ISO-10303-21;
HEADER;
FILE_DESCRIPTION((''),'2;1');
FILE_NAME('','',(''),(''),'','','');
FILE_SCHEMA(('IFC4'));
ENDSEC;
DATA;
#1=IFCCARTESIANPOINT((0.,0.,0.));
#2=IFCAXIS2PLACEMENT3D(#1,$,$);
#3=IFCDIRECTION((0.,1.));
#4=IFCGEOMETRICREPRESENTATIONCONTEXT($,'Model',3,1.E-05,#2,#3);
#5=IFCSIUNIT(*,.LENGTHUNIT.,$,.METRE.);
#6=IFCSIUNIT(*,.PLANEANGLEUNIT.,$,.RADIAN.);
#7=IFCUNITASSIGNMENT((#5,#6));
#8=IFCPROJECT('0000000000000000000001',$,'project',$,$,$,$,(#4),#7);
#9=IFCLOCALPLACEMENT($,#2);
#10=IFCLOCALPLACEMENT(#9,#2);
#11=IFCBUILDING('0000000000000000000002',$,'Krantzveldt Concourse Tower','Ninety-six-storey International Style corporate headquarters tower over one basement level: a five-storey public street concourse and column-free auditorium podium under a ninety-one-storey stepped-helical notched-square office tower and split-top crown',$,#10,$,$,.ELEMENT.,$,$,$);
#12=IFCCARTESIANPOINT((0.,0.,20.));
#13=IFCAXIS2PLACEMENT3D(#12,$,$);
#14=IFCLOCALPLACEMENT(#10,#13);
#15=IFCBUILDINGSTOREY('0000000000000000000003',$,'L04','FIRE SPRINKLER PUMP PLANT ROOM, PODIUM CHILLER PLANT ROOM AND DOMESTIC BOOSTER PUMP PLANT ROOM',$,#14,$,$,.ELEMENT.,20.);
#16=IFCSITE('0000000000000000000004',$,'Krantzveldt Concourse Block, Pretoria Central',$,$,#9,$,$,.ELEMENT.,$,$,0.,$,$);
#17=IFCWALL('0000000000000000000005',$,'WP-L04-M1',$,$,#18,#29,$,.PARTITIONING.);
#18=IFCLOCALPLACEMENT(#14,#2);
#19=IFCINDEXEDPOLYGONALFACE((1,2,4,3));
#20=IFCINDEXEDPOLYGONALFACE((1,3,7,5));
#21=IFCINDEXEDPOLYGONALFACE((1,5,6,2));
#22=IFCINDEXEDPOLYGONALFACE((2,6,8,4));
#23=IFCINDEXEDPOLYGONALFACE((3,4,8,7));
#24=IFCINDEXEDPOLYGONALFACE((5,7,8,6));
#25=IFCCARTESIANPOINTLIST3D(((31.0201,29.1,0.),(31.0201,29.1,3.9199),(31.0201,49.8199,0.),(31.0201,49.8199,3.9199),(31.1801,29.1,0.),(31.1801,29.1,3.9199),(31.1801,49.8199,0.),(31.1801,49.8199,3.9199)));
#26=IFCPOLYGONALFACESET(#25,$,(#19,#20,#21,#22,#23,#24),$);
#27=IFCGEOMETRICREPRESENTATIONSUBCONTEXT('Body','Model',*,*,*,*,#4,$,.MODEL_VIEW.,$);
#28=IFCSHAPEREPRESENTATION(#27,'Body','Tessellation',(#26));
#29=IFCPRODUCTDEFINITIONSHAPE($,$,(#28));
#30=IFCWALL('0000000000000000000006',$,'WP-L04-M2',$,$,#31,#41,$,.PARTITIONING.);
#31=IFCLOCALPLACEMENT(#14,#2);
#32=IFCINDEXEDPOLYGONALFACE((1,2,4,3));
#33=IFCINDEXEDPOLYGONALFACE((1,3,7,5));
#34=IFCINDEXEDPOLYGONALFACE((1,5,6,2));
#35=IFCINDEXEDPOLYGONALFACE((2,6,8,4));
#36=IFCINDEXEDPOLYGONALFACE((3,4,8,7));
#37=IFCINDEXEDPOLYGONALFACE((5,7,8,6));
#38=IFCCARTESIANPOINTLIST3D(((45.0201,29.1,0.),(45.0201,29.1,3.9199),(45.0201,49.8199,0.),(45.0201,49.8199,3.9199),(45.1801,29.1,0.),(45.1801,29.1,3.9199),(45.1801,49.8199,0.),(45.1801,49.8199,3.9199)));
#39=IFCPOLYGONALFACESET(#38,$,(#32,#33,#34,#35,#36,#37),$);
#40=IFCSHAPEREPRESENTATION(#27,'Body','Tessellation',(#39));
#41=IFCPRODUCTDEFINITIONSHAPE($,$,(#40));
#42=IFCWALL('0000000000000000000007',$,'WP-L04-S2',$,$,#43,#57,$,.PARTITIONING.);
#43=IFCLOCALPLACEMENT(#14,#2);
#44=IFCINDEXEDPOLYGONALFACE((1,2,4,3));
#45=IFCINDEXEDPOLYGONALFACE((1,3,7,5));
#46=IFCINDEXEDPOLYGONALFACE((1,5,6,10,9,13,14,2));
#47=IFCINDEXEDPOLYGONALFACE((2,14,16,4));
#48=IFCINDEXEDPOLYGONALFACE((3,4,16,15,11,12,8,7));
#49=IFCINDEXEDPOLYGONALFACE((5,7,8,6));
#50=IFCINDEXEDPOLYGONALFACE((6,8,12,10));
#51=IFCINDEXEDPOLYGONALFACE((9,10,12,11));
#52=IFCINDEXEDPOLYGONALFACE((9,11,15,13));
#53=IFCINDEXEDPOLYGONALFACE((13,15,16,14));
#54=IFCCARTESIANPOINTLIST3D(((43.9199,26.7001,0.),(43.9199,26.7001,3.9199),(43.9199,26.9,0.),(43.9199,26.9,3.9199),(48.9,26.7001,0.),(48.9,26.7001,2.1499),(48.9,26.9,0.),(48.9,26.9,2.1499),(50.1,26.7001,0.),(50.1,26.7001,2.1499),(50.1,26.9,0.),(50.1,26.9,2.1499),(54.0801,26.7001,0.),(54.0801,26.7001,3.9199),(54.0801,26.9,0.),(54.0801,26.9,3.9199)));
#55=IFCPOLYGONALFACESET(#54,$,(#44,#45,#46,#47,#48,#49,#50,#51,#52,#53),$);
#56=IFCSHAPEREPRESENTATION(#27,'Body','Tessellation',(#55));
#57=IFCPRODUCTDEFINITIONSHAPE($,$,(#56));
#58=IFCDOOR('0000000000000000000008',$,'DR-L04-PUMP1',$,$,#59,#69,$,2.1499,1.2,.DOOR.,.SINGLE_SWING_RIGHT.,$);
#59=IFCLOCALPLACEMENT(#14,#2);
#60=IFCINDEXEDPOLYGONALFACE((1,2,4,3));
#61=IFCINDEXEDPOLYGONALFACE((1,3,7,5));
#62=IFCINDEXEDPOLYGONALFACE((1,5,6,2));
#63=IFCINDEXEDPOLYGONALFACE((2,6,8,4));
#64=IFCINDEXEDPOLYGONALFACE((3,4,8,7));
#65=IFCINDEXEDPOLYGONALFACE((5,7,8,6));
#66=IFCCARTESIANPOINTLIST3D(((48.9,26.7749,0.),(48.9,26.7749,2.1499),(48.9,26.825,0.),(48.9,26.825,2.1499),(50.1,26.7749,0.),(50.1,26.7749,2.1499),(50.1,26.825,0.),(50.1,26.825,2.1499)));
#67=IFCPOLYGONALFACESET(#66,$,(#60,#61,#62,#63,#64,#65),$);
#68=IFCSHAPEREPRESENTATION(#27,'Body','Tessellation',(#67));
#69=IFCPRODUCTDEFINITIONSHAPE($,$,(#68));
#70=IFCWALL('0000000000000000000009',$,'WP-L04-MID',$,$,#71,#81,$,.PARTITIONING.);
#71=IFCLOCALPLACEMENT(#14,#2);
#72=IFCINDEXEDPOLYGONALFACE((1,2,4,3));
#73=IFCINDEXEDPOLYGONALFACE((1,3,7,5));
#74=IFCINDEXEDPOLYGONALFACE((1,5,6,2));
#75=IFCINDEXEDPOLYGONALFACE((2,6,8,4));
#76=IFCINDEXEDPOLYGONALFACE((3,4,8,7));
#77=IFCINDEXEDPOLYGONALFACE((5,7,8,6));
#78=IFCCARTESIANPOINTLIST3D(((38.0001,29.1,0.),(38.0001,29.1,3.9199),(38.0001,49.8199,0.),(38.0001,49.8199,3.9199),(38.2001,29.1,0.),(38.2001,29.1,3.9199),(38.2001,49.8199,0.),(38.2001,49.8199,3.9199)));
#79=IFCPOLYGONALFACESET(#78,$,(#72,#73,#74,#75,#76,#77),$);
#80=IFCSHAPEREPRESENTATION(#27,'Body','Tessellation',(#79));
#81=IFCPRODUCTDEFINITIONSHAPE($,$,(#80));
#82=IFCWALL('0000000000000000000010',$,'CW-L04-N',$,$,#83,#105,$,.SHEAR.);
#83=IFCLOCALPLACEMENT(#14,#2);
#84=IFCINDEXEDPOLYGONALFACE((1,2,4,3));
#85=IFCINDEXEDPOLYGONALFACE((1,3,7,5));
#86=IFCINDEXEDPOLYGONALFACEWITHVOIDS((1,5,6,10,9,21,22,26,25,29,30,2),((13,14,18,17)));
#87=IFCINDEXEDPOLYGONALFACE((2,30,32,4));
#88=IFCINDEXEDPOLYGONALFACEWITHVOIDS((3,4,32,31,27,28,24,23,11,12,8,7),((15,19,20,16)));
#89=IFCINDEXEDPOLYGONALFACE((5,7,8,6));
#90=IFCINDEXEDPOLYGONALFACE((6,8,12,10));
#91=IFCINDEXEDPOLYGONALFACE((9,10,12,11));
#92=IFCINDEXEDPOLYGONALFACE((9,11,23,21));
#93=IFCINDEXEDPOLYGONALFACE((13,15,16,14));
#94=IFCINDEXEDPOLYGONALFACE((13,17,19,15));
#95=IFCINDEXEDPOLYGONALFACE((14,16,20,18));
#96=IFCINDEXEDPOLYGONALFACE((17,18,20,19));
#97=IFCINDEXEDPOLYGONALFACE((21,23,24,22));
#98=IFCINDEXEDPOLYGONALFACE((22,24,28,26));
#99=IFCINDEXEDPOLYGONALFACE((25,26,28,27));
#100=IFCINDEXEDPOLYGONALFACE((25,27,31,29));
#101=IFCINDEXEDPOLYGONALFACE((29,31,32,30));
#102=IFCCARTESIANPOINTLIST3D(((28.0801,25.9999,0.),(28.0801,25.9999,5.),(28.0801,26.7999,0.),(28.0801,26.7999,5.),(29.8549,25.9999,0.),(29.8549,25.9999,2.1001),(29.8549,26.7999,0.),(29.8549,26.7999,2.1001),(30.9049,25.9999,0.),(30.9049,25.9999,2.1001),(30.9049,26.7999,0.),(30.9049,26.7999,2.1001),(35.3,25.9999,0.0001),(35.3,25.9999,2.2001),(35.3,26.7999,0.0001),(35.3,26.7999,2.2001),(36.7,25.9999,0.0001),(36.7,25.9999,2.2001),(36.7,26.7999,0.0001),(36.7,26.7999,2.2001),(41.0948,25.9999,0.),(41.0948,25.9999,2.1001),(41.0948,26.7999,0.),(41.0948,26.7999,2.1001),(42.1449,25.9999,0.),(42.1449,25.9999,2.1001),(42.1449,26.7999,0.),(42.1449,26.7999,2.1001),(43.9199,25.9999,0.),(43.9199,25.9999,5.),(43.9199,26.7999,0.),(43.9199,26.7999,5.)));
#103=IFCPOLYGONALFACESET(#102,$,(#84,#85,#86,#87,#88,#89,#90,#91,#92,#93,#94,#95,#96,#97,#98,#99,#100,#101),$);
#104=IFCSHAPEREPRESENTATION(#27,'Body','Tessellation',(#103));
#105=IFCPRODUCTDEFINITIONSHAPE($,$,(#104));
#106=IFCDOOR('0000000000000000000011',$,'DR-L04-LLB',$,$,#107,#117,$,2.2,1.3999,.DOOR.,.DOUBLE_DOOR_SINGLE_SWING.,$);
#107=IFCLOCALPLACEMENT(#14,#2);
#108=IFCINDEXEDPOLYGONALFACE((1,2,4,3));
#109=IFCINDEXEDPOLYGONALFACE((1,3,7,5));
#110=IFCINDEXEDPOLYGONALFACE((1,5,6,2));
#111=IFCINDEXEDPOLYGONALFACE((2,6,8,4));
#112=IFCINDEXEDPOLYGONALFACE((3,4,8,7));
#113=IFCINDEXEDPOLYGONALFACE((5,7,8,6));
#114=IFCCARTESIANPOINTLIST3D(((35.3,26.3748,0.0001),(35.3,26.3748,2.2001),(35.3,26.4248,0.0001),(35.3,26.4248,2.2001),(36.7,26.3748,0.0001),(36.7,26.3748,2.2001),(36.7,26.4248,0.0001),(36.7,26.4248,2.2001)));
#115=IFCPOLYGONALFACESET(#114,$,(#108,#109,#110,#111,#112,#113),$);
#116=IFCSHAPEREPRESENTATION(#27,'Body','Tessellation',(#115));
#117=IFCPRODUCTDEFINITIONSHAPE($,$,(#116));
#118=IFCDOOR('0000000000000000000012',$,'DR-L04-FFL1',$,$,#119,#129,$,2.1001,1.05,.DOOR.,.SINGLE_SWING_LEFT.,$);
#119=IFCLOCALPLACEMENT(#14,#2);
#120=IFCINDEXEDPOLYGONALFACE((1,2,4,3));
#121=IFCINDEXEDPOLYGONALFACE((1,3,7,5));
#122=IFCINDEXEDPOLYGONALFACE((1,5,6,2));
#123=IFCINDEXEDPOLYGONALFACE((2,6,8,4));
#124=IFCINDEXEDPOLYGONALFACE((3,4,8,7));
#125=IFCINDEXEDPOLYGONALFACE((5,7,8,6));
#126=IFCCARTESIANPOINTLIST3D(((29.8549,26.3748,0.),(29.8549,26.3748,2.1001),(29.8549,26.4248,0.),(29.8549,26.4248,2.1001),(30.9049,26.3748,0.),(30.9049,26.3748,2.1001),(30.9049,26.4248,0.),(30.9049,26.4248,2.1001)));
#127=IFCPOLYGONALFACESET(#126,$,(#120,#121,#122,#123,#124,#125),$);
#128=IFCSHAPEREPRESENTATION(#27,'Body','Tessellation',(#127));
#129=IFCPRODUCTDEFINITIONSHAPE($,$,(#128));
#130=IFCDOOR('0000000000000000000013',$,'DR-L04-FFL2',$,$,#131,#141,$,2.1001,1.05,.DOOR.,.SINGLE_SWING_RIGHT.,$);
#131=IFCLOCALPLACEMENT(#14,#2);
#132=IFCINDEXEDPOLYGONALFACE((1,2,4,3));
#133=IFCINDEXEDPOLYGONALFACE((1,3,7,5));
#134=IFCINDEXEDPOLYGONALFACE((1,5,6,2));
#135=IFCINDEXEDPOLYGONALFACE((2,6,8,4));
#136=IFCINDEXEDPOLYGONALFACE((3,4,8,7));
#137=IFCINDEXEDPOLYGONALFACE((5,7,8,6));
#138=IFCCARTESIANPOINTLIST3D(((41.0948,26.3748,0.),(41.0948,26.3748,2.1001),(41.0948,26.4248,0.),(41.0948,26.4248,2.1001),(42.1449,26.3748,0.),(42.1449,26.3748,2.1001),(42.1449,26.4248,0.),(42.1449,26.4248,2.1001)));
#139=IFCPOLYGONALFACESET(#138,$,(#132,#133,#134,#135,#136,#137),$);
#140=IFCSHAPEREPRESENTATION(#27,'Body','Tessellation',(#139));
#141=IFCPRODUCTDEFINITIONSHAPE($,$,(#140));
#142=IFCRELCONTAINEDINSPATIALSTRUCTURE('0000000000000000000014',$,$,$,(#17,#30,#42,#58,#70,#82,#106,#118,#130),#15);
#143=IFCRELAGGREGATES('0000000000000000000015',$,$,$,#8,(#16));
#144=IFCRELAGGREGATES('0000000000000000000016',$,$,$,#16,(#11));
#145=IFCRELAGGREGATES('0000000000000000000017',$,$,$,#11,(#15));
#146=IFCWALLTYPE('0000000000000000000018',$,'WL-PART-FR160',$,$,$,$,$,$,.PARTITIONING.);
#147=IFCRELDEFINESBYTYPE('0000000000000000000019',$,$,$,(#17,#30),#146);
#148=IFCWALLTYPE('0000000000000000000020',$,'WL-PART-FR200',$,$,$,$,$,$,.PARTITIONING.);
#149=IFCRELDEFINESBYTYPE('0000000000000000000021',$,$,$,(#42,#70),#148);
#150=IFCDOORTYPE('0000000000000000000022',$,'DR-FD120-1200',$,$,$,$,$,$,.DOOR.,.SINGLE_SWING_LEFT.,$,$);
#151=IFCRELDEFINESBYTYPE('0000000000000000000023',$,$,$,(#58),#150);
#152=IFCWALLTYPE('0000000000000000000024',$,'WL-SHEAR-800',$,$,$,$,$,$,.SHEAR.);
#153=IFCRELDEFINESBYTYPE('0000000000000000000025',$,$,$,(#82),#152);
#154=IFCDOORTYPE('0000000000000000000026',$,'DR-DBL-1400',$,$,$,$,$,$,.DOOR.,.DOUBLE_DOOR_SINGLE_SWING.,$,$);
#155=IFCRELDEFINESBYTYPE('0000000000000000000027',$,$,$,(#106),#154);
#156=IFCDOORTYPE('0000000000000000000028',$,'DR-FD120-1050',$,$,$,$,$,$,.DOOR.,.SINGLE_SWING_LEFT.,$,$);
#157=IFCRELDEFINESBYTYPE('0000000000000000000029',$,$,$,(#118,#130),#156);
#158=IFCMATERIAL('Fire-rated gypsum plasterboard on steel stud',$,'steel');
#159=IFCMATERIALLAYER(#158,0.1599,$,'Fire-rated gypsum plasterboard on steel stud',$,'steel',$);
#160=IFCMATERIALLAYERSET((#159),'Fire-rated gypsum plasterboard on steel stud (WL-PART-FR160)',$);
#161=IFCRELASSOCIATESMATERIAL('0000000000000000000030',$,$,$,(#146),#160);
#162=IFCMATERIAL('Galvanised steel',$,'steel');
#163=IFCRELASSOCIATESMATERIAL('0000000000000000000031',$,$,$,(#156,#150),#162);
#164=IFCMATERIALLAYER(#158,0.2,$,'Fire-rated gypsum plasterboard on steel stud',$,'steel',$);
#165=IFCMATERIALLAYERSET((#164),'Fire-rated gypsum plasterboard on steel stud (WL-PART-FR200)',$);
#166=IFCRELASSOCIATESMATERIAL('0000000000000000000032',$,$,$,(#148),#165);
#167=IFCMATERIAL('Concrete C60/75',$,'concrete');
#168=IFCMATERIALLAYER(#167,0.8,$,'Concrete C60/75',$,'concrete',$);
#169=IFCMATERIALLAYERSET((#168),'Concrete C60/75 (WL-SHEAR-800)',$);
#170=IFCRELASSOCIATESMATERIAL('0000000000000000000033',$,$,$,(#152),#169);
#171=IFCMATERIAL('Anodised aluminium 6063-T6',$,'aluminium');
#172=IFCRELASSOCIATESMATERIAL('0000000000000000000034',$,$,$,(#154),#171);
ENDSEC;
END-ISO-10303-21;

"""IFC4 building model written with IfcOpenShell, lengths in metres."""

from ifc_helpers import new_model, si_unit, direction, frame, frame_2d, origin, place, context, subcontext, project, spatial, rectangle, extrude, material, layer, layer_set, type_object, element, fill, save


model = new_model("IFC4")

# Units and contexts
model_context = context("Model", 3, precision=1e-05, world=origin(), true_north=direction((0.0, 1.0)))
body_context = subcontext(model_context, "Body", "Model", "MODEL_VIEW")
ifc_project = project(units=[si_unit("LENGTHUNIT", "METRE"), si_unit("PLANEANGLEUNIT", "RADIAN")], contexts=[model_context])

# Site, building, storey
site_placement = place(None, origin())
site = spatial("IfcSite", under=ifc_project, at=site_placement, Name="Krantzveldt Concourse Block, Pretoria Central", CompositionType="ELEMENT", RefElevation=0.0)
building_placement = place(site_placement, origin())
building = spatial("IfcBuilding", under=site, at=building_placement, Name="Krantzveldt Concourse Tower", Description="Ninety-six-storey International Style corporate headquarters tower over one basement level: a five-storey public street concourse and column-free auditorium podium under a ninety-one-storey stepped-helical notched-square office tower and split-top crown", CompositionType="ELEMENT")
storey_placement = place(building_placement, frame((0.0, 0.0, 20.0)))
storey = spatial("IfcBuildingStorey", under=building, at=storey_placement, Name="L04", Description="FIRE SPRINKLER PUMP PLANT ROOM, PODIUM CHILLER PLANT ROOM AND DOMESTIC BOOSTER PUMP PLANT ROOM", CompositionType="ELEMENT", Elevation=20.0)

# Shared definitions
ifc_material_1 = material(Name="Concrete C60/75", Category="concrete")

# Shared definitions
ifc_material_2 = material(Name="Fire-rated gypsum plasterboard on steel stud", Category="steel")

# Shared definitions
ifc_layer_1 = layer(ifc_material_2, 0.1599, Name="Fire-rated gypsum plasterboard on steel stud", Category="steel")
ifc_layer_set_1 = layer_set([ifc_layer_1], Name="Fire-rated gypsum plasterboard on steel stud (WL-PART-FR160)")
wall_type_1 = type_object("IfcWallType", Name="WL-PART-FR160", PredefinedType="PARTITIONING", material=ifc_layer_set_1)
ifc_material_3 = material(Name="Galvanised steel", Category="steel")
door_type_1 = type_object("IfcDoorType", Name="DR-FD120-1050", OperationType="SINGLE_SWING_LEFT", PredefinedType="DOOR", material=ifc_material_3)

# Walls
for number, where, z_axis, x_axis, name in (
    (1, (31.1001, 29.1001, 0.0), (0.0, 0.0, 1.0), (0.0, 1.0, 0.0), "WP-L04-M1"),
    (2, (45.1001, 29.1001, 0.0), (0.0, 0.0, 1.0), (0.0, 1.0, 0.0), "WP-L04-M2"),
):
    element("IfcWall", number, at=place(storey_placement, frame(where, z_axis=z_axis, x_axis=x_axis)), inside=storey, type_object=wall_type_1, Name=name, PredefinedType="PARTITIONING", context=body_context, shape_type="SweptSolid", body=[
        extrude(rectangle(XDim=20.72, YDim=0.1599, at=frame_2d((10.3599, 0.0))), origin(), (0.0, 0.0, 1.0), 3.9199),
    ])

# Wall, opening, door
ifc_layer_2 = layer(ifc_material_2, 0.2, Name="Fire-rated gypsum plasterboard on steel stud", Category="steel")
ifc_layer_set_2 = layer_set([ifc_layer_2], Name="Fire-rated gypsum plasterboard on steel stud (WL-PART-FR200)")
wall_type_2 = type_object("IfcWallType", Name="WL-PART-FR200", PredefinedType="PARTITIONING", material=ifc_layer_set_2)
wall_1_placement = place(storey_placement, frame((43.9199, 26.8, 0.0), z_axis=(0.0, 0.0, 1.0), x_axis=(1.0, 0.0, 0.0)))
wall_1 = element("IfcWall", 3, at=wall_1_placement, inside=storey, type_object=wall_type_2, Name="WP-L04-S2", PredefinedType="PARTITIONING", context=body_context, shape_type="SweptSolid", body=[
    extrude(rectangle(XDim=10.1602, YDim=0.2, at=frame_2d((5.0801, 0.0))), origin(), (0.0, 0.0, 1.0), 3.9199),
])
opening_1_placement = place(wall_1_placement, frame((4.98, 0.0, 0.0)))
opening_1 = element("IfcOpeningElement", 4, at=opening_1_placement, cuts=wall_1, PredefinedType="OPENING", context=body_context, shape_type="SweptSolid", body=[
    extrude(rectangle(XDim=1.2, YDim=2.1499, at=frame_2d((0.6001, 1.075))), frame((0.0, 0.1099, 0.0), z_axis=(0.0, -1.0, 0.0), x_axis=(1.0, 0.0, 0.0)), (0.0, 0.0, 1.0), 0.22),
])
door_type_2 = type_object("IfcDoorType", Name="DR-FD120-1200", OperationType="SINGLE_SWING_LEFT", PredefinedType="DOOR", material=ifc_material_3)
door_1_placement = place(opening_1_placement, origin())
door_1 = element("IfcDoor", 5, at=door_1_placement, inside=storey, type_object=door_type_2, Name="DR-L04-PUMP1", OperationType="SINGLE_SWING_RIGHT", OverallHeight=2.1499, OverallWidth=1.2, PredefinedType="DOOR", context=body_context, shape_type="SweptSolid", body=[
    extrude(rectangle(XDim=1.2, YDim=2.1499, at=frame_2d((0.6001, 1.075))), frame((0.0, 0.0249, 0.0), z_axis=(0.0, -1.0, 0.0), x_axis=(1.0, 0.0, 0.0)), (0.0, 0.0, 1.0), 0.05),
])
fill(opening_1, door_1)

# Wall
wall_2_placement = place(storey_placement, frame((38.1001, 29.1001, 0.0), z_axis=(0.0, 0.0, 1.0), x_axis=(0.0, 1.0, 0.0)))
element("IfcWall", 6, at=wall_2_placement, inside=storey, type_object=wall_type_2, Name="WP-L04-MID", PredefinedType="PARTITIONING", context=body_context, shape_type="SweptSolid", body=[
    extrude(rectangle(XDim=20.72, YDim=0.2, at=frame_2d((10.3599, 0.0))), origin(), (0.0, 0.0, 1.0), 3.9199),
])

# Wall, openings, doors
ifc_layer_3 = layer(ifc_material_1, 0.8, Name="Concrete C60/75", Category="concrete")
ifc_layer_set_3 = layer_set([ifc_layer_3], Name="Concrete C60/75 (WL-SHEAR-800)")
wall_type_3 = type_object("IfcWallType", Name="WL-SHEAR-800", PredefinedType="SHEAR", material=ifc_layer_set_3)
wall_3_placement = place(storey_placement, frame((28.0801, 26.3999, 0.0), z_axis=(0.0, 0.0, 1.0), x_axis=(1.0, 0.0, 0.0)))
wall_3 = element("IfcWall", 7, at=wall_3_placement, inside=storey, type_object=wall_type_3, Name="CW-L04-N", PredefinedType="SHEAR", context=body_context, shape_type="SweptSolid", body=[
    extrude(rectangle(XDim=15.8398, YDim=0.8, at=frame_2d((7.9199, 0.0))), origin(), (0.0, 0.0, 1.0), 5.0),
])
opening_2_placement = place(wall_3_placement, frame((7.22, 0.0, 0.0)))
opening_2 = element("IfcOpeningElement", 8, at=opening_2_placement, cuts=wall_3, PredefinedType="OPENING", context=body_context, shape_type="SweptSolid", body=[
    extrude(rectangle(XDim=1.3999, YDim=2.2, at=frame_2d((0.7, 1.1001))), frame((0.0, 0.4102, 0.0), z_axis=(0.0, -1.0, 0.0), x_axis=(1.0, 0.0, 0.0)), (0.0, 0.0, 1.0), 0.8201),
])
opening_3_placement = place(wall_3_placement, frame((1.7749, 0.0, 0.0)))
opening_3 = element("IfcOpeningElement", 9, at=opening_3_placement, cuts=wall_3, PredefinedType="OPENING", context=body_context, shape_type="SweptSolid", body=[
    extrude(rectangle(XDim=1.05, YDim=2.1001, at=frame_2d((0.5249, 1.05))), frame((0.0, 0.4102, 0.0), z_axis=(0.0, -1.0, 0.0), x_axis=(1.0, 0.0, 0.0)), (0.0, 0.0, 1.0), 0.8201),
])
opening_4_placement = place(wall_3_placement, frame((13.0149, 0.0, 0.0)))
opening_4 = element("IfcOpeningElement", 10, at=opening_4_placement, cuts=wall_3, PredefinedType="OPENING", context=body_context, shape_type="SweptSolid", body=[
    extrude(rectangle(XDim=1.05, YDim=2.1001, at=frame_2d((0.5249, 1.05))), frame((0.0, 0.4102, 0.0), z_axis=(0.0, -1.0, 0.0), x_axis=(1.0, 0.0, 0.0)), (0.0, 0.0, 1.0), 0.8201),
])
ifc_material_4 = material(Name="Anodised aluminium 6063-T6", Category="aluminium")
door_type_3 = type_object("IfcDoorType", Name="DR-DBL-1400", OperationType="DOUBLE_DOOR_SINGLE_SWING", PredefinedType="DOOR", material=ifc_material_4)
door_2_placement = place(opening_2_placement, origin())
door_2 = element("IfcDoor", 11, at=door_2_placement, inside=storey, type_object=door_type_3, Name="DR-L04-LLB", OperationType="DOUBLE_DOOR_SINGLE_SWING", OverallHeight=2.2, OverallWidth=1.3999, PredefinedType="DOOR", context=body_context, shape_type="SweptSolid", body=[
    extrude(rectangle(XDim=1.3999, YDim=2.2, at=frame_2d((0.7, 1.1001))), frame((0.0, 0.0249, 0.0), z_axis=(0.0, -1.0, 0.0), x_axis=(1.0, 0.0, 0.0)), (0.0, 0.0, 1.0), 0.05),
])
fill(opening_2, door_2)
door_3_placement = place(opening_3_placement, origin())
door_3 = element("IfcDoor", 12, at=door_3_placement, inside=storey, type_object=door_type_1, Name="DR-L04-FFL1", OperationType="SINGLE_SWING_LEFT", OverallHeight=2.1001, OverallWidth=1.05, PredefinedType="DOOR", context=body_context, shape_type="SweptSolid", body=[
    extrude(rectangle(XDim=1.05, YDim=2.1001, at=frame_2d((0.5249, 1.05))), frame((0.0, 0.0249, 0.0), z_axis=(0.0, -1.0, 0.0), x_axis=(1.0, 0.0, 0.0)), (0.0, 0.0, 1.0), 0.05),
])
fill(opening_3, door_3)
door_4_placement = place(opening_4_placement, origin())
door_4 = element("IfcDoor", 13, at=door_4_placement, inside=storey, type_object=door_type_1, Name="DR-L04-FFL2", OperationType="SINGLE_SWING_RIGHT", OverallHeight=2.1001, OverallWidth=1.05, PredefinedType="DOOR", context=body_context, shape_type="SweptSolid", body=[
    extrude(rectangle(XDim=1.05, YDim=2.1001, at=frame_2d((0.5249, 1.05))), frame((0.0, 0.0249, 0.0), z_axis=(0.0, -1.0, 0.0), x_axis=(1.0, 0.0, 0.0)), (0.0, 0.0, 1.0), 0.05),
])
fill(opening_4, door_4)

save(model, "model.ifc")
